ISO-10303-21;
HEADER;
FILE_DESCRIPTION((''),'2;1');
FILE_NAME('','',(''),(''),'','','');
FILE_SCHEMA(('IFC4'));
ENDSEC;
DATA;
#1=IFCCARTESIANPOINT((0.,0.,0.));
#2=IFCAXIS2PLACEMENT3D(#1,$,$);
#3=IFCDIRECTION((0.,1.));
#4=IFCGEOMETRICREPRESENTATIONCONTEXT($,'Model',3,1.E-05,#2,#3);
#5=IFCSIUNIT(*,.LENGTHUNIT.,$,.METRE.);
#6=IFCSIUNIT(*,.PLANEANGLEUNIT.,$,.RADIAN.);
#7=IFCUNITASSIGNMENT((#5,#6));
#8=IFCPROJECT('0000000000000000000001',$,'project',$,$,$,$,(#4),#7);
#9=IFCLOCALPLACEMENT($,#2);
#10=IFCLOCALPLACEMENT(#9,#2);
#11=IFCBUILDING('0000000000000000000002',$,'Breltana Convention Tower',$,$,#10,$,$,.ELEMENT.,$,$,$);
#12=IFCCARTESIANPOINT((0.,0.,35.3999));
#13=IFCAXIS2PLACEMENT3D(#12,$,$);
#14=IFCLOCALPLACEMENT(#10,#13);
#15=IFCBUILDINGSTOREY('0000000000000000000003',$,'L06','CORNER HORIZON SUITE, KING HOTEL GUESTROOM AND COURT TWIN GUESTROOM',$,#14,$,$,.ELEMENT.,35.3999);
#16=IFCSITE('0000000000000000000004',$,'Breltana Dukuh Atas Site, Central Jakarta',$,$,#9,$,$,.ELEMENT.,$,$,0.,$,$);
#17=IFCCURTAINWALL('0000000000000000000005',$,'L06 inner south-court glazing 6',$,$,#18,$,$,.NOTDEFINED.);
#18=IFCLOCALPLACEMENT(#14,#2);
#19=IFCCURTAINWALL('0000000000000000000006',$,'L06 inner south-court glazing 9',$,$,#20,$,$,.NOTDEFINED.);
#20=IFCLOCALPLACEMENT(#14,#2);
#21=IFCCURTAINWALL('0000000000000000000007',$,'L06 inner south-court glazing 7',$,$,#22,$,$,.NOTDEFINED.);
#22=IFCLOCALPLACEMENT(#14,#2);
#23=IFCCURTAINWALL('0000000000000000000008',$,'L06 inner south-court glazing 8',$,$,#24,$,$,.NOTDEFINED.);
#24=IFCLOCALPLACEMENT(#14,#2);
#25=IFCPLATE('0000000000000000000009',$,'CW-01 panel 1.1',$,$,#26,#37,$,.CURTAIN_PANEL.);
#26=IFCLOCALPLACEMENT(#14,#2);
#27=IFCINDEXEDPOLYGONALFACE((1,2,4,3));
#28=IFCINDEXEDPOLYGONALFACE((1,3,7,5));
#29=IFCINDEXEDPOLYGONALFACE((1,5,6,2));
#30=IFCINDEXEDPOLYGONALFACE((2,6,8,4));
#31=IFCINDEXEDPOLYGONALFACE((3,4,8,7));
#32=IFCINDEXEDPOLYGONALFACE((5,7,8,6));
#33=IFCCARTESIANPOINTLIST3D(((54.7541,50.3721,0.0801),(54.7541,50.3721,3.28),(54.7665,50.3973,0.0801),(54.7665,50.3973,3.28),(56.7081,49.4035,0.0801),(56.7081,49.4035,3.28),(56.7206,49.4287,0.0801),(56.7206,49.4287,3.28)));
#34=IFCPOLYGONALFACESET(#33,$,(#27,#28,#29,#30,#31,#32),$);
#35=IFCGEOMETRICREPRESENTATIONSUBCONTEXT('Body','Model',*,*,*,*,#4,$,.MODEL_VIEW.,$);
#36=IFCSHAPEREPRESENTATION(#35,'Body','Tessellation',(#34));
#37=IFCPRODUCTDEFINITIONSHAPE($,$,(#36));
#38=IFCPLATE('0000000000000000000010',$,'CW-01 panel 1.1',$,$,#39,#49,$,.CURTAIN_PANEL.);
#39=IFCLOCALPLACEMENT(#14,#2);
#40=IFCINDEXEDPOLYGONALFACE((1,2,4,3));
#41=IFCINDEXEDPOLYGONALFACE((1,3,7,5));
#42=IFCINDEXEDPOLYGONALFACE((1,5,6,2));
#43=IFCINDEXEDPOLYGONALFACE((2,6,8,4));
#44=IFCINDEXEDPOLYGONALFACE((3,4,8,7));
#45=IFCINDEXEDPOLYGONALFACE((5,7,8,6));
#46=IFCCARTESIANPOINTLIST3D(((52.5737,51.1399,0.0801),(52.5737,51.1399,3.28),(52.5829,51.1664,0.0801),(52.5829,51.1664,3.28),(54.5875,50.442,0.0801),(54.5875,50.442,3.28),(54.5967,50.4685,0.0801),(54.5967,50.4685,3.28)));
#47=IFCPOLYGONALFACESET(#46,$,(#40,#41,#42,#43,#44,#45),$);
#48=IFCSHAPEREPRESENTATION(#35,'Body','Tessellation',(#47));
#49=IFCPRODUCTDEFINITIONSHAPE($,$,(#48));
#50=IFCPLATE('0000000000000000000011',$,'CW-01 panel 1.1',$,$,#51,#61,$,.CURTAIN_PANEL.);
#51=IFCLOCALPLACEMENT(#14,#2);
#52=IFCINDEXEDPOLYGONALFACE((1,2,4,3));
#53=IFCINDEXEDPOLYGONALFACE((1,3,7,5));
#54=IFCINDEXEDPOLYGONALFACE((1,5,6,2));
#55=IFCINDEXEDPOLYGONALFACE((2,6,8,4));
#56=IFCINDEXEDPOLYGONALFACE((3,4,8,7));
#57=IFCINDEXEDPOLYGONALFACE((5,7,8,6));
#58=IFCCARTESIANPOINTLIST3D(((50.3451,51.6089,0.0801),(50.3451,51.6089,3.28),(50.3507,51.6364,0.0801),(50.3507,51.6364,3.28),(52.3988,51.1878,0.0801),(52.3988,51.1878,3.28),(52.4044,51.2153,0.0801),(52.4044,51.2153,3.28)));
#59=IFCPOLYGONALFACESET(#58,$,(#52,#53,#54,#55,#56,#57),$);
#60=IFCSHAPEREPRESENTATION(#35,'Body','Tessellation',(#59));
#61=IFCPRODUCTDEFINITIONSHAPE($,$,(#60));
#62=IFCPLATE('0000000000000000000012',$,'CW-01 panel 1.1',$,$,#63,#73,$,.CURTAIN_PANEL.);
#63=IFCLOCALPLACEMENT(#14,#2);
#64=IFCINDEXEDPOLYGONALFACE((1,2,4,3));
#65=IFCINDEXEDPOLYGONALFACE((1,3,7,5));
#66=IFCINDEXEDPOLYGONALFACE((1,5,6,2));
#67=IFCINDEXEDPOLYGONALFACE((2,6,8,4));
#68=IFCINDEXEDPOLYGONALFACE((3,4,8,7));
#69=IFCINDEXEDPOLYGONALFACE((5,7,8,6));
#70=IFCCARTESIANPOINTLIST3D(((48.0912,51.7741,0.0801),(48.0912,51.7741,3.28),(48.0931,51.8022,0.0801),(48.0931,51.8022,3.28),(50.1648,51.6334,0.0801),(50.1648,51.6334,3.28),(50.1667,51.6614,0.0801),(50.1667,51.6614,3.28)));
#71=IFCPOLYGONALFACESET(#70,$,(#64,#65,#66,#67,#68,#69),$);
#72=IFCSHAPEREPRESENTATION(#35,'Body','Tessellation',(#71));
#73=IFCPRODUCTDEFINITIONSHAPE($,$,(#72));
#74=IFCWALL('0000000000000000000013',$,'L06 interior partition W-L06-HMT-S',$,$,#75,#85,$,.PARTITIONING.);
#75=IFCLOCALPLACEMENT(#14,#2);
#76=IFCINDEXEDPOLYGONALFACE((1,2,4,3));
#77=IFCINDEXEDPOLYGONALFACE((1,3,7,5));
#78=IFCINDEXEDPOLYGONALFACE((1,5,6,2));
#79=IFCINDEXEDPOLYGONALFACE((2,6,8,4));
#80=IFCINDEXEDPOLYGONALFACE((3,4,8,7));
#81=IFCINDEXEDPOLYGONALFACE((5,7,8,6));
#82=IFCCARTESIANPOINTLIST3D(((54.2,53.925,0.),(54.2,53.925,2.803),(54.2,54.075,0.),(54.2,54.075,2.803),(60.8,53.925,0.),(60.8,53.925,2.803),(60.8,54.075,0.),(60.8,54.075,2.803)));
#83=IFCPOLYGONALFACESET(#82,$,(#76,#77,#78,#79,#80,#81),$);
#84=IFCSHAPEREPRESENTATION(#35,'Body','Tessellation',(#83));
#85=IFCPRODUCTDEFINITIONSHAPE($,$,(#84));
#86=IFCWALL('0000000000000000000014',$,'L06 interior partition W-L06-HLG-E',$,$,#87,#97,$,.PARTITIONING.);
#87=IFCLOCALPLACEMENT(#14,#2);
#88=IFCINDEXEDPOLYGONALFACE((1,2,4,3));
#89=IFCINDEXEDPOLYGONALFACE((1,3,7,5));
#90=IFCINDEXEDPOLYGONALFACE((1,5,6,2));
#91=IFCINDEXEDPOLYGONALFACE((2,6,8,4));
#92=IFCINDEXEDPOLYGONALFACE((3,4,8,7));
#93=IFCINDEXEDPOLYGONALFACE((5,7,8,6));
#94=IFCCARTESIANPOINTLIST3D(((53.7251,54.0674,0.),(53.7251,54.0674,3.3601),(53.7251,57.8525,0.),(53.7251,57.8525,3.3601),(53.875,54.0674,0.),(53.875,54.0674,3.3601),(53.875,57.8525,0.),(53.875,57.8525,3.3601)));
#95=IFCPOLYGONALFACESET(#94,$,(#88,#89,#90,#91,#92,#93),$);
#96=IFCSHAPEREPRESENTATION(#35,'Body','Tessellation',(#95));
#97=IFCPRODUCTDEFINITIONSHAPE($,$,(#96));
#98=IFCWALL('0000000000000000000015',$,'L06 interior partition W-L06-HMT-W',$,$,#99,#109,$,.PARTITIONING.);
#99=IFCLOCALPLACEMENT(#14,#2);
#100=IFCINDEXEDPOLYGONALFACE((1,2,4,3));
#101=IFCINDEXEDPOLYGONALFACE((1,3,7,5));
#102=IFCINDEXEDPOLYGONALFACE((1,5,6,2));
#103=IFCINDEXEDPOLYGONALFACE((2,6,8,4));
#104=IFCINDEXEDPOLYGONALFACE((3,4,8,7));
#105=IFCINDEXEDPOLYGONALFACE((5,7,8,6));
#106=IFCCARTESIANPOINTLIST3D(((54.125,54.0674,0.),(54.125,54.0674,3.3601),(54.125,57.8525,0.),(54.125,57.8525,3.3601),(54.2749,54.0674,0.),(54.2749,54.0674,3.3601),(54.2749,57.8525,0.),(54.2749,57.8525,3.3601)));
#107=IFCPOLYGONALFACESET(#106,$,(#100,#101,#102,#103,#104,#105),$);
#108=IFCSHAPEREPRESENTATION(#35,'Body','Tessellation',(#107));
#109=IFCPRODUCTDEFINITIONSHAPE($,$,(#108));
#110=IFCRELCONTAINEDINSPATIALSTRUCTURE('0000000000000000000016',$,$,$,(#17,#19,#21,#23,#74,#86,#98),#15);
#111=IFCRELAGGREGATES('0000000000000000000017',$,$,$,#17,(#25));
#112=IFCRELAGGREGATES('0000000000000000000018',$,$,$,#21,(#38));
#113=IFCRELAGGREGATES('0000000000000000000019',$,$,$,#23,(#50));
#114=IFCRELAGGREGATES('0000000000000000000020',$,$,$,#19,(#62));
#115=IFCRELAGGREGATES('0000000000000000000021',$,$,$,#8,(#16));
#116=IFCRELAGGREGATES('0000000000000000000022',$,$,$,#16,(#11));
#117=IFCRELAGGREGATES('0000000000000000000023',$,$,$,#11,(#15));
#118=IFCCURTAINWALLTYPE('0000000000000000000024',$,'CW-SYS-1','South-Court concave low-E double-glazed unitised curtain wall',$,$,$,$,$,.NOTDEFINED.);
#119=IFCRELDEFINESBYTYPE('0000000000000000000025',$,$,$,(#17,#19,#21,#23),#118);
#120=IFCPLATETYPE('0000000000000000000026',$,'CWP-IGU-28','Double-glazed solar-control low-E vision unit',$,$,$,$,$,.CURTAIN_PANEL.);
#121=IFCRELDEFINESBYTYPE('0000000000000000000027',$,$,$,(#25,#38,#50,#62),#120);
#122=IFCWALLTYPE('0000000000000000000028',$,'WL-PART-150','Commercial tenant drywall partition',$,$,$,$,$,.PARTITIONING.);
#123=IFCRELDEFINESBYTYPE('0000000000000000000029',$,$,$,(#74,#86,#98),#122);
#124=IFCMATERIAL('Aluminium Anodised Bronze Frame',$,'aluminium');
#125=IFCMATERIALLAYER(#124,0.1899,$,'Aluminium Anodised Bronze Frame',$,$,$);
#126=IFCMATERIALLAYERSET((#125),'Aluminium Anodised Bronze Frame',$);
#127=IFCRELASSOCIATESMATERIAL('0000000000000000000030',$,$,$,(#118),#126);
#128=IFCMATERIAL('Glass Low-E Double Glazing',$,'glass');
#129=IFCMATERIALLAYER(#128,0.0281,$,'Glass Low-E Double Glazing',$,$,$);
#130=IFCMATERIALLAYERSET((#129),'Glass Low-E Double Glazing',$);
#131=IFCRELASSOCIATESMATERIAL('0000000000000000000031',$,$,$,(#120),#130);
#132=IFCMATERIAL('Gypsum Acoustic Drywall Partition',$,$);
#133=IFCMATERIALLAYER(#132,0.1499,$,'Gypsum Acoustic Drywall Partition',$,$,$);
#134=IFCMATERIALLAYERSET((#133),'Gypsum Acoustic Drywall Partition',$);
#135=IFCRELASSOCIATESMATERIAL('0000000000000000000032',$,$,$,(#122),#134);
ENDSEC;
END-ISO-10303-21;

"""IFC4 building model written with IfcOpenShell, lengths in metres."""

from ifc_helpers import new_model, si_unit, direction, frame, frame_2d, origin, origin_2d, place, context, subcontext, project, spatial, rectangle, extrude, source, transform, mapped, material, layer, layer_set, type_object, element, aggregate, save


model = new_model("IFC4")

# Units and contexts
model_context = context("Model", 3, precision=1e-05, world=origin(), true_north=direction((0.0, 1.0)))
body_context = subcontext(model_context, "Body", "Model", "MODEL_VIEW")
ifc_project = project(units=[si_unit("LENGTHUNIT", "METRE"), si_unit("PLANEANGLEUNIT", "RADIAN")], contexts=[model_context])

# Site, building, storey
site_placement = place(None, origin())
site = spatial("IfcSite", under=ifc_project, at=site_placement, Name="Breltana Dukuh Atas Site, Central Jakarta", CompositionType="ELEMENT", RefElevation=0.0)
building_placement = place(site_placement, origin())
building = spatial("IfcBuilding", under=site, at=building_placement, Name="Breltana Convention Tower", CompositionType="ELEMENT")
storey_placement = place(building_placement, frame((0.0, 0.0, 35.3999)))
storey = spatial("IfcBuildingStorey", under=building, at=storey_placement, Name="L06", Description="CORNER HORIZON SUITE, KING HOTEL GUESTROOM AND COURT TWIN GUESTROOM", CompositionType="ELEMENT", Elevation=35.3999)

# Curtain walls
ifc_material_1 = material(Name="Aluminium Anodised Bronze Frame", Category="aluminium")
ifc_layer_1 = layer(ifc_material_1, 0.1899, Name="Aluminium Anodised Bronze Frame")
ifc_layer_set_1 = layer_set([ifc_layer_1], Name="Aluminium Anodised Bronze Frame")
curtain_wall_type = type_object("IfcCurtainWallType", Name="CW-SYS-1", Description="South-Court concave low-E double-glazed unitised curtain wall", PredefinedType="NOTDEFINED", material=ifc_layer_set_1)
curtain_wall_1_placement = place(storey_placement, origin())
curtain_wall_1 = element("IfcCurtainWall", 1, at=curtain_wall_1_placement, inside=storey, type_object=curtain_wall_type, Name="L06 inner south-court glazing 6", PredefinedType="NOTDEFINED")
curtain_wall_2_placement = place(storey_placement, origin())
curtain_wall_2 = element("IfcCurtainWall", 2, at=curtain_wall_2_placement, inside=storey, type_object=curtain_wall_type, Name="L06 inner south-court glazing 9", PredefinedType="NOTDEFINED")

# Curtain walls
curtain_wall_3_placement = place(storey_placement, origin())
curtain_wall_3 = element("IfcCurtainWall", 3, at=curtain_wall_3_placement, inside=storey, type_object=curtain_wall_type, Name="L06 inner south-court glazing 7", PredefinedType="NOTDEFINED")
curtain_wall_4_placement = place(storey_placement, origin())
curtain_wall_4 = element("IfcCurtainWall", 4, at=curtain_wall_4_placement, inside=storey, type_object=curtain_wall_type, Name="L06 inner south-court glazing 8", PredefinedType="NOTDEFINED")

# Plates
ifc_material_2 = material(Name="Glass Low-E Double Glazing", Category="glass")
ifc_layer_2 = layer(ifc_material_2, 0.0281, Name="Glass Low-E Double Glazing")
ifc_layer_set_2 = layer_set([ifc_layer_2], Name="Glass Low-E Double Glazing")
plate_type = type_object("IfcPlateType", Name="CWP-IGU-28", Description="Double-glazed solar-control low-E vision unit", PredefinedType="CURTAIN_PANEL", material=ifc_layer_set_2)
shared_shape_1 = source(origin(), body_context, "Body", "SweptSolid", [
    extrude(rectangle(XDim=2.1809, YDim=0.0281, at=origin_2d()), origin(), (0.0, 0.0, 1.0), 3.2),
])
plate_1_placement = place(storey_placement, frame((55.7373, 49.9004, 0.0801), z_axis=(0.0, 0.0, 1.0), x_axis=(-0.895968, 0.444118, 0.0)))
plate_1 = element("IfcPlate", 5, at=plate_1_placement, type_object=plate_type, Name="CW-01 panel 1.1", PredefinedType="CURTAIN_PANEL", context=body_context, shape_type="MappedRepresentation", body=[
    mapped(shared_shape_1, transform((0.0, 0.0, 0.0), scale=1.0)),
])
aggregate(curtain_wall_1, [plate_1])
shared_shape_2 = source(origin(), body_context, "Body", "SweptSolid", [
    extrude(rectangle(XDim=2.1313, YDim=0.0281, at=origin_2d()), origin(), (0.0, 0.0, 1.0), 3.2),
])
plate_2_placement = place(storey_placement, frame((53.5852, 50.8042, 0.0801), z_axis=(0.0, 0.0, 1.0), x_axis=(-0.944881, 0.327413, 0.0)))
plate_2 = element("IfcPlate", 6, at=plate_2_placement, type_object=plate_type, Name="CW-01 panel 1.1", PredefinedType="CURTAIN_PANEL", context=body_context, shape_type="MappedRepresentation", body=[
    mapped(shared_shape_2, transform((0.0, 0.0, 0.0), scale=1.0)),
])
aggregate(curtain_wall_3, [plate_2])
shared_shape_3 = source(origin(), body_context, "Body", "SweptSolid", [
    extrude(rectangle(XDim=2.0964, YDim=0.0281, at=origin_2d()), origin(), (0.0, 0.0, 1.0), 3.2),
])
plate_3_placement = place(storey_placement, frame((51.3748, 51.4121, 0.0801), z_axis=(0.0, 0.0, 1.0), x_axis=(-0.979615, 0.200886, 0.0)))
plate_3 = element("IfcPlate", 7, at=plate_3_placement, type_object=plate_type, Name="CW-01 panel 1.1", PredefinedType="CURTAIN_PANEL", context=body_context, shape_type="MappedRepresentation", body=[
    mapped(shared_shape_3, transform((0.0, 0.0, 0.0), scale=1.0)),
])
aggregate(curtain_wall_4, [plate_3])
shared_shape_4 = source(origin(), body_context, "Body", "SweptSolid", [
    extrude(rectangle(XDim=2.0784, YDim=0.0281, at=origin_2d()), origin(), (0.0, 0.0, 1.0), 3.2),
])
plate_4_placement = place(storey_placement, frame((49.1289, 51.7178, 0.0801), z_axis=(0.0, 0.0, 1.0), x_axis=(-0.997704, 0.067726, 0.0)))
plate_4 = element("IfcPlate", 8, at=plate_4_placement, type_object=plate_type, Name="CW-01 panel 1.1", PredefinedType="CURTAIN_PANEL", context=body_context, shape_type="MappedRepresentation", body=[
    mapped(shared_shape_4, transform((0.0, 0.0, 0.0), scale=1.0)),
])
aggregate(curtain_wall_2, [plate_4])

# Walls
ifc_material_3 = material(Name="Gypsum Acoustic Drywall Partition")
ifc_layer_3 = layer(ifc_material_3, 0.1499, Name="Gypsum Acoustic Drywall Partition")
ifc_layer_set_3 = layer_set([ifc_layer_3], Name="Gypsum Acoustic Drywall Partition")
wall_type = type_object("IfcWallType", Name="WL-PART-150", Description="Commercial tenant drywall partition", PredefinedType="PARTITIONING", material=ifc_layer_set_3)
shared_shape_5 = source(origin(), body_context, "Body", "SweptSolid", [
    extrude(rectangle(XDim=6.6001, YDim=0.1499, at=frame_2d((3.3, 0.0))), origin(), (0.0, 0.0, 1.0), 2.803),
])
wall_placement = place(storey_placement, frame((54.2, 54.0, 0.0), z_axis=(0.0, 0.0, 1.0), x_axis=(1.0, 0.0, 0.0)))
element("IfcWall", 9, at=wall_placement, inside=storey, type_object=wall_type, Name="L06 interior partition W-L06-HMT-S", PredefinedType="PARTITIONING", context=body_context, shape_type="MappedRepresentation", body=[
    mapped(shared_shape_5, transform((0.0, 0.0, 0.0), scale=1.0)),
])
shared_shape_6 = source(origin(), body_context, "Body", "SweptSolid", [
    extrude(rectangle(XDim=3.7852, YDim=0.1499, at=frame_2d((1.8926, 0.0))), origin(), (0.0, 0.0, 1.0), 3.3601),
])
for number, where, z_axis, x_axis, name in (
    (10, (53.8, 54.0674, 0.0), (0.0, 0.0, 1.0), (0.0, 1.0, 0.0), "L06 interior partition W-L06-HLG-E"),
    (11, (54.2, 54.0674, 0.0), (0.0, 0.0, 1.0), (0.0, 1.0, 0.0), "L06 interior partition W-L06-HMT-W"),
):
    element("IfcWall", number, at=place(storey_placement, frame(where, z_axis=z_axis, x_axis=x_axis)), inside=storey, type_object=wall_type, Name=name, PredefinedType="PARTITIONING", context=body_context, shape_type="MappedRepresentation", body=[
        mapped(shared_shape_6, transform((0.0, 0.0, 0.0), scale=1.0)),
    ])

save(model, "model.ifc")
